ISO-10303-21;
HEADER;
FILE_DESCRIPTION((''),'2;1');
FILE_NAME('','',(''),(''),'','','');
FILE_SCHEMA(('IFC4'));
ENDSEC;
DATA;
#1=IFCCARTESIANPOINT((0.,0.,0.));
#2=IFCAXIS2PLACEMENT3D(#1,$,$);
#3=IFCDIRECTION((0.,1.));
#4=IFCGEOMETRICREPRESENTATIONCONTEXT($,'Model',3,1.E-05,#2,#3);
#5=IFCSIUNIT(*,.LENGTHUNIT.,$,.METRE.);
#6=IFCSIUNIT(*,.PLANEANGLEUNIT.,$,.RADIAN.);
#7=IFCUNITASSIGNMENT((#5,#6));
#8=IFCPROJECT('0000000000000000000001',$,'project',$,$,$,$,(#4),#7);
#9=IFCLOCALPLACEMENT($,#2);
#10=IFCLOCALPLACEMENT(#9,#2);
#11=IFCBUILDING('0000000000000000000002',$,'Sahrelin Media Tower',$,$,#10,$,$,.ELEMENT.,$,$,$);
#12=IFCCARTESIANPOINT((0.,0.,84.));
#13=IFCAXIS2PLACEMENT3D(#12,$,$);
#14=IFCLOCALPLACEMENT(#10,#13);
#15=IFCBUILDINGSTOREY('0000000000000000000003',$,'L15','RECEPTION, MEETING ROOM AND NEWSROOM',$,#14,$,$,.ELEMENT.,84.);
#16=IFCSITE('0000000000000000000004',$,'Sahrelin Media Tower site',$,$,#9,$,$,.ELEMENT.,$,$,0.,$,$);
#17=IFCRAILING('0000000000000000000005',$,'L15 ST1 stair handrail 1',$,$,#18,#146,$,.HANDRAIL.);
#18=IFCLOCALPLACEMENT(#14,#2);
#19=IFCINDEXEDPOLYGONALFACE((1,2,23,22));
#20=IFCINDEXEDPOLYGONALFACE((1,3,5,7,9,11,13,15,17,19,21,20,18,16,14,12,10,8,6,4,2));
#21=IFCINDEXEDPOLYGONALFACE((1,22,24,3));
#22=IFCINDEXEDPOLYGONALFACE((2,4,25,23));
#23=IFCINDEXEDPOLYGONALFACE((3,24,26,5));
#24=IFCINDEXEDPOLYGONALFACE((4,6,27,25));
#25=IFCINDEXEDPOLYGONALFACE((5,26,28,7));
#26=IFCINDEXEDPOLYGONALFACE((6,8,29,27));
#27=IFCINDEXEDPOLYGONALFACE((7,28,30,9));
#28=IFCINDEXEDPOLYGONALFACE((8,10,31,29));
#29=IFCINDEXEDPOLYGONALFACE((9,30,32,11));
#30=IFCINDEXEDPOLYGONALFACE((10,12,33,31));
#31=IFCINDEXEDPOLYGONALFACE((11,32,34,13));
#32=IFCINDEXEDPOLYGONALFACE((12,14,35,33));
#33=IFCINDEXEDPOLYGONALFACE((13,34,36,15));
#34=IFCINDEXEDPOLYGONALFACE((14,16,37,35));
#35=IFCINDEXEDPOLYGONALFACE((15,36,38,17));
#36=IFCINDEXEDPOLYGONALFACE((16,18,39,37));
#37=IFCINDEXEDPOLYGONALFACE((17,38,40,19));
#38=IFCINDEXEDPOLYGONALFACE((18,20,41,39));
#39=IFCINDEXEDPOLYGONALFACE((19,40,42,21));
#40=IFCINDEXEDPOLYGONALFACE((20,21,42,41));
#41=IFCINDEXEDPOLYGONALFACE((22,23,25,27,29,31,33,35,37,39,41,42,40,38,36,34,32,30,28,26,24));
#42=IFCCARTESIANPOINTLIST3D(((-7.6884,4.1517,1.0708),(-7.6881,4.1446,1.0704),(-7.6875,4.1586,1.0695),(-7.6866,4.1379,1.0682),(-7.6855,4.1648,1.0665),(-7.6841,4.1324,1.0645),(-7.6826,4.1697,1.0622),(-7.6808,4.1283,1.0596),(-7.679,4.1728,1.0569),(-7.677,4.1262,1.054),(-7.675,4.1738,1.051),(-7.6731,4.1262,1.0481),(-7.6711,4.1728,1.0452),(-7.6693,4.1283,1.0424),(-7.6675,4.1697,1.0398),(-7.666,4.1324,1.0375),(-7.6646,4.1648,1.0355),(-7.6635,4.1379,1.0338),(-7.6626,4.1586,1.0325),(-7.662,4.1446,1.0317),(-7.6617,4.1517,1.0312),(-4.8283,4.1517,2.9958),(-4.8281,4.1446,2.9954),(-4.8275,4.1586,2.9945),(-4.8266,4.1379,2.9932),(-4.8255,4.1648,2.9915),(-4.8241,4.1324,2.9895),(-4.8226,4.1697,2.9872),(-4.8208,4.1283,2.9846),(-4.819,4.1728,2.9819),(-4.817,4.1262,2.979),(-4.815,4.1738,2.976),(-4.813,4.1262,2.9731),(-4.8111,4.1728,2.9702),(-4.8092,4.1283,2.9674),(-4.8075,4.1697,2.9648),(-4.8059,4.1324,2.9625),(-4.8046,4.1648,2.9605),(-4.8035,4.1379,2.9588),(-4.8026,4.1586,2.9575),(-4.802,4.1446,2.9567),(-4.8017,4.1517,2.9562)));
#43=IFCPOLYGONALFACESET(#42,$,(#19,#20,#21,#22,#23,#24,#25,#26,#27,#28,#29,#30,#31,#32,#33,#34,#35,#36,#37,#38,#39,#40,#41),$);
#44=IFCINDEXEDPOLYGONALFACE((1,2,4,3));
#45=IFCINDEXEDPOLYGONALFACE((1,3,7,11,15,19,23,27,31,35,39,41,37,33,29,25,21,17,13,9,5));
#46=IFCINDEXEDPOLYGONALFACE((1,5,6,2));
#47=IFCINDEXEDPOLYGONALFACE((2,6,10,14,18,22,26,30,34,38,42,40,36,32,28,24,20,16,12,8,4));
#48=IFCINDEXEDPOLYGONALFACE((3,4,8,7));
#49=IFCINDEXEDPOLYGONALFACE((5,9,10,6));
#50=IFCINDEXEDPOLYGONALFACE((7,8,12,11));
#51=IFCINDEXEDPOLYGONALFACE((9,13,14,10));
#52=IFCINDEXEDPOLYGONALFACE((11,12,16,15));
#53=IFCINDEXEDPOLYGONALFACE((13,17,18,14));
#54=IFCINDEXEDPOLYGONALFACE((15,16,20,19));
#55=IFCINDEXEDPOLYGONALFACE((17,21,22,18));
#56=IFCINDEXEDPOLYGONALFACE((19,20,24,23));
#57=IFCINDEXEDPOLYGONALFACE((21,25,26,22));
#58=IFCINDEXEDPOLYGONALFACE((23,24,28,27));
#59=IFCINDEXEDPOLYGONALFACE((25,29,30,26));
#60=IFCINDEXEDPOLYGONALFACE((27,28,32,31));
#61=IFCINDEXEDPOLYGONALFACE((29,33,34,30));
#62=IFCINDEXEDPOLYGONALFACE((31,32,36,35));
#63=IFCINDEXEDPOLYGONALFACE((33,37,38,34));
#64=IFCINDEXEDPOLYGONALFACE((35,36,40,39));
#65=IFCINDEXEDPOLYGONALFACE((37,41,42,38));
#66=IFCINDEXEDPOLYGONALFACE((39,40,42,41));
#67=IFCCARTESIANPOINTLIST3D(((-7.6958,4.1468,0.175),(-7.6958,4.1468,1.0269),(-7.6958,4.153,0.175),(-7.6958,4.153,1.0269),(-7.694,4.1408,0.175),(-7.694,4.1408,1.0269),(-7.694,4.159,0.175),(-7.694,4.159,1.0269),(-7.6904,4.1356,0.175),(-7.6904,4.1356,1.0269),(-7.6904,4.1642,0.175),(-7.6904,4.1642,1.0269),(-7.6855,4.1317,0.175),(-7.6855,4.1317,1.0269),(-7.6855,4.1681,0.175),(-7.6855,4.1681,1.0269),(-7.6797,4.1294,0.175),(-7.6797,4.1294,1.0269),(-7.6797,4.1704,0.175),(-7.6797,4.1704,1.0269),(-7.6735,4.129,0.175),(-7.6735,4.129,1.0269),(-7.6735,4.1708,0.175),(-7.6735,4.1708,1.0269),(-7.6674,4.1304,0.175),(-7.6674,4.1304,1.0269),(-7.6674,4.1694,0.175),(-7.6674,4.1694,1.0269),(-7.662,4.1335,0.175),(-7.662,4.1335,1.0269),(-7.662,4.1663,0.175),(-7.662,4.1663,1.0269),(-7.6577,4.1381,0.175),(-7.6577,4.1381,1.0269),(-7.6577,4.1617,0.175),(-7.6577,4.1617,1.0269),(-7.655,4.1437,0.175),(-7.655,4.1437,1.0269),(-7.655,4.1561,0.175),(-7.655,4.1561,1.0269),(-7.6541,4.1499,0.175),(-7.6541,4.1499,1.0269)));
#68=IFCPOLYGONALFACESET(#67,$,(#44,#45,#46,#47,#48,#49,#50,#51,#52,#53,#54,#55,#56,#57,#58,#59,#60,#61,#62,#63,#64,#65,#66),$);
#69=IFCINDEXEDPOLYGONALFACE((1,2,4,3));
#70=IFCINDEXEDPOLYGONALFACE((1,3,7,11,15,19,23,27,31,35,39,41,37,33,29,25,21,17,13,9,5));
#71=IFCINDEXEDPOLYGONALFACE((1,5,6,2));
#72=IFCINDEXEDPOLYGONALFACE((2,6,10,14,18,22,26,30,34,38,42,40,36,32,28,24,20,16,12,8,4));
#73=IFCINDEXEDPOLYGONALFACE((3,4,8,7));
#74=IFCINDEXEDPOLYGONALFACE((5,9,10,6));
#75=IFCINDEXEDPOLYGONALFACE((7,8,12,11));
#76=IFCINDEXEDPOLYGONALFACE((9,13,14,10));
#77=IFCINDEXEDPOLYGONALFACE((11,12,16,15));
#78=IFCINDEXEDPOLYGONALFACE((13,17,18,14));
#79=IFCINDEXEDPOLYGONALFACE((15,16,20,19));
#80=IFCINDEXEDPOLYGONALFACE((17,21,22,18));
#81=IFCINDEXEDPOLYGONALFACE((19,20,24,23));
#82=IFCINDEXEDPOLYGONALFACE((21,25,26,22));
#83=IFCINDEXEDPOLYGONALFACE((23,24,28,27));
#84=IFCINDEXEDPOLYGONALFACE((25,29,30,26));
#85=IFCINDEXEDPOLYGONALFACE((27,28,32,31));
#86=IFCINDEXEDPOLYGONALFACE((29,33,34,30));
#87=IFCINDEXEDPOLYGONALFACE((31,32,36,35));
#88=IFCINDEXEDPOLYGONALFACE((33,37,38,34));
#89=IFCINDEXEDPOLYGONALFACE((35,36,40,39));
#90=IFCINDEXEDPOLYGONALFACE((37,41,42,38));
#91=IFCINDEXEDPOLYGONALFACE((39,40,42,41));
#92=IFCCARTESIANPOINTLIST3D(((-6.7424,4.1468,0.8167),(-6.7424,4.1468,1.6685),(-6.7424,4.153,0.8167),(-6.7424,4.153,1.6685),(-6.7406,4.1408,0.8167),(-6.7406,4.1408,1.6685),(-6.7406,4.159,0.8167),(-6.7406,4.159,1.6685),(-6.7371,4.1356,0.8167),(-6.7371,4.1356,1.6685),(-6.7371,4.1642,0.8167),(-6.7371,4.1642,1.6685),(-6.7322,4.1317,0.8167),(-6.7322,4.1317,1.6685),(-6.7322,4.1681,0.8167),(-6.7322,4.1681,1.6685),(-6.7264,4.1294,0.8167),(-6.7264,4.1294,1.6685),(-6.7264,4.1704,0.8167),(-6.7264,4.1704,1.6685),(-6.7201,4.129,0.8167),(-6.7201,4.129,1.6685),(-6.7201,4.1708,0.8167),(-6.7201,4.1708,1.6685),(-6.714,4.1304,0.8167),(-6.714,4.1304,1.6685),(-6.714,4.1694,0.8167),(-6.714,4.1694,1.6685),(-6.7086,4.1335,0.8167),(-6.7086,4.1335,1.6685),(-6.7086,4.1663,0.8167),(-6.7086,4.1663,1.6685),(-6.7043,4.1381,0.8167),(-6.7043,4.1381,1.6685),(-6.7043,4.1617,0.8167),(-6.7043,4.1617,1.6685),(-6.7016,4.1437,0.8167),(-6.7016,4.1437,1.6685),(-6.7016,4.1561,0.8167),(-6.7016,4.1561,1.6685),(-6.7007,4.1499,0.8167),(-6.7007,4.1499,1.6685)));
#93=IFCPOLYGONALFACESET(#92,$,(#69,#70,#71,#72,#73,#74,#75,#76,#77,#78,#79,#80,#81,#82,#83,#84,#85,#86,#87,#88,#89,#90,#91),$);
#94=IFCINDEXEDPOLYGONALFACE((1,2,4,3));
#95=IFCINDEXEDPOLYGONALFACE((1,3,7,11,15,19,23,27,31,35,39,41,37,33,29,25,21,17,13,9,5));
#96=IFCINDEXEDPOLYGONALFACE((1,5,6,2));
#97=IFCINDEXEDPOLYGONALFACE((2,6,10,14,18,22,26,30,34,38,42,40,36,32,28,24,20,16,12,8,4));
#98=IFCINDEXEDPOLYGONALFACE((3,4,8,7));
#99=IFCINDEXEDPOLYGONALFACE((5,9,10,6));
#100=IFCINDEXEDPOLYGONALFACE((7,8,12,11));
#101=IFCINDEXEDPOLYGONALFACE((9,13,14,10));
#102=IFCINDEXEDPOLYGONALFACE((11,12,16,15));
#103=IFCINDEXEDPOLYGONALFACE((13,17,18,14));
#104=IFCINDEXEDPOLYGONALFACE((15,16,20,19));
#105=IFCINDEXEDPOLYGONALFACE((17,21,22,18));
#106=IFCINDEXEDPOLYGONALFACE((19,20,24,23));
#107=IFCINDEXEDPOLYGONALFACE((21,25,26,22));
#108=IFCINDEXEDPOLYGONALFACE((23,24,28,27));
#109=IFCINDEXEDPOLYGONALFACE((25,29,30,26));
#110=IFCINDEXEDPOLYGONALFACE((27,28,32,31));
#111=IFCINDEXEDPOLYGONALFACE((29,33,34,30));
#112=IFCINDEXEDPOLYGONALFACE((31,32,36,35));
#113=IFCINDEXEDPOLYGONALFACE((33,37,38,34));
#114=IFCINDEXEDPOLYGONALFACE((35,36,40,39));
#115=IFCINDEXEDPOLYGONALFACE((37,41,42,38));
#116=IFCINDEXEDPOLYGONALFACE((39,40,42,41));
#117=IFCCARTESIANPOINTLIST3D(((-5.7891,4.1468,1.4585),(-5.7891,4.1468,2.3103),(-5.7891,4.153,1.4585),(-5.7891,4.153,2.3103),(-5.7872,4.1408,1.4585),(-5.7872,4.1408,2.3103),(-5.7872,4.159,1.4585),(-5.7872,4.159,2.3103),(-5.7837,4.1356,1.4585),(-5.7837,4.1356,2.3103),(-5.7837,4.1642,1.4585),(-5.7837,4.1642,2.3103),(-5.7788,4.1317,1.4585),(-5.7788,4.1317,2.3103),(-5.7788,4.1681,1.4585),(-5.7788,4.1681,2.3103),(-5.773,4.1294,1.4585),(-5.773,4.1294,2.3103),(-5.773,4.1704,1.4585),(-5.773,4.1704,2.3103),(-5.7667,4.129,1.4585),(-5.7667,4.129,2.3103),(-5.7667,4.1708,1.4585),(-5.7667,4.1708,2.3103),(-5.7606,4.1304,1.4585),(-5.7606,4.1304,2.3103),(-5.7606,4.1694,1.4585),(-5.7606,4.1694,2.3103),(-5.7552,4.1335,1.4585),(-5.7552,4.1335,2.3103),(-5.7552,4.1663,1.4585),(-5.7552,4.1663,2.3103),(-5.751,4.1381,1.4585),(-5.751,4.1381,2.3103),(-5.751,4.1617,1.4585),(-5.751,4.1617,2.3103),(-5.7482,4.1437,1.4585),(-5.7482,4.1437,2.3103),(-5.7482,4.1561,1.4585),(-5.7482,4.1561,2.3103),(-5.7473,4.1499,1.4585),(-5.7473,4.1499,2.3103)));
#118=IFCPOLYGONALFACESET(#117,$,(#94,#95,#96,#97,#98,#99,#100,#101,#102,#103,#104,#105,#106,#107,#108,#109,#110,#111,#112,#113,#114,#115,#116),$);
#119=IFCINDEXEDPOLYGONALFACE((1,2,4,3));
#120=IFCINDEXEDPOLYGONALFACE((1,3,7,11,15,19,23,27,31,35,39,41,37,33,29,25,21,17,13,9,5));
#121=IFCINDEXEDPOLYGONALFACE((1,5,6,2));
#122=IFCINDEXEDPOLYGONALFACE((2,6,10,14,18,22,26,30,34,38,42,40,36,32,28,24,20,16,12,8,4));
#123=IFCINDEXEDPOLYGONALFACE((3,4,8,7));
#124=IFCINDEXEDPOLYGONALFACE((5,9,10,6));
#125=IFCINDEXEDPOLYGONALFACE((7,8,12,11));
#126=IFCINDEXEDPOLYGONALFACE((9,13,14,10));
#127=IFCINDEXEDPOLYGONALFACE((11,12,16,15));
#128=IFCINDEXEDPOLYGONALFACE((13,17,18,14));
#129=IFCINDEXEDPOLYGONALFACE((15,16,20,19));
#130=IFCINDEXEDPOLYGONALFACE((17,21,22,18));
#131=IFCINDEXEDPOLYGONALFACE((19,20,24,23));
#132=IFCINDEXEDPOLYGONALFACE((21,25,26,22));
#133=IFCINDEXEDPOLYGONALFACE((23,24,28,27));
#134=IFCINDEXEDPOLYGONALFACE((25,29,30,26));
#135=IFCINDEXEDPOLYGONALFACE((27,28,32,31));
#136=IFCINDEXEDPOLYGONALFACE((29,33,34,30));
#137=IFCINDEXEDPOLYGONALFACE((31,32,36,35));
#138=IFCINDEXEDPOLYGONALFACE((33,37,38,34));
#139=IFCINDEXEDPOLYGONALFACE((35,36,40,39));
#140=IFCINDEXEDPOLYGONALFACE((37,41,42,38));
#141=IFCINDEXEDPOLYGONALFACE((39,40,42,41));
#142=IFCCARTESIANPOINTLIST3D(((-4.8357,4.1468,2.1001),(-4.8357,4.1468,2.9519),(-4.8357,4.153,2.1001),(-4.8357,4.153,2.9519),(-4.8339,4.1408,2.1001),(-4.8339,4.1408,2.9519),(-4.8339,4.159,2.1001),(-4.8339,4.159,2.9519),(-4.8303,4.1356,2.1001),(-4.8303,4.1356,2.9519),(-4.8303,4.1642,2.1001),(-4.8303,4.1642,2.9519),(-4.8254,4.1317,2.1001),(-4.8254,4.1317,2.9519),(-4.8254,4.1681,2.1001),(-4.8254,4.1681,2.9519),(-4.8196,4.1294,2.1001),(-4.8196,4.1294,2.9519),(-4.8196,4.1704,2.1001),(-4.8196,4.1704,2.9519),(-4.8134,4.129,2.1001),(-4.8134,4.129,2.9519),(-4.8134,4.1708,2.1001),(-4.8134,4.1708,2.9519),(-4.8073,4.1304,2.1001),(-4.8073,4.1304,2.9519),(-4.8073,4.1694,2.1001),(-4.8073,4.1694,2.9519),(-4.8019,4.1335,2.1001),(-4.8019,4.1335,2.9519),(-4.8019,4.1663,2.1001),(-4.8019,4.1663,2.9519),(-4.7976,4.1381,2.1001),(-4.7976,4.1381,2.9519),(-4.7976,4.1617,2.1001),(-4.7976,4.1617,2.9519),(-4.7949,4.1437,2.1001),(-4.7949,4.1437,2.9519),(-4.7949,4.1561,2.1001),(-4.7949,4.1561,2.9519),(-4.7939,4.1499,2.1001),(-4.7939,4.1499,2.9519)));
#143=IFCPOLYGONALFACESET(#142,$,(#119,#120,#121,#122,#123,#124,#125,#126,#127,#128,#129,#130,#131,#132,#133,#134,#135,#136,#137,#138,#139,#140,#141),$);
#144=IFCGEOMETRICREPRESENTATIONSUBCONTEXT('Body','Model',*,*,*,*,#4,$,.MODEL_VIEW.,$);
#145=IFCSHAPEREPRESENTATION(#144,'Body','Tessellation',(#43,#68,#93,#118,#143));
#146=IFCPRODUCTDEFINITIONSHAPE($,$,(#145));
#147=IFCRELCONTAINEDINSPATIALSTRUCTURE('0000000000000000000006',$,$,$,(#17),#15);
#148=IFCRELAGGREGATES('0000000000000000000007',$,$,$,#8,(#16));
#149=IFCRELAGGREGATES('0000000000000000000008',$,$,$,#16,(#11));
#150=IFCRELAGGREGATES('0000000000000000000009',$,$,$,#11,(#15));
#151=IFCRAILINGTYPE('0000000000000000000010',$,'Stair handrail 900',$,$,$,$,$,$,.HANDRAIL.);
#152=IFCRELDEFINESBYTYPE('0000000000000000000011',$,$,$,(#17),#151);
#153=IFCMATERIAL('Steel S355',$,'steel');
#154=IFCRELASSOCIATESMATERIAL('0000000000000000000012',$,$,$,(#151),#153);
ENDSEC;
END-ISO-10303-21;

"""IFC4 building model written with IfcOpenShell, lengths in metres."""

from ifc_helpers import new_model, si_unit, direction, frame, origin, origin_2d, place, context, subcontext, project, spatial, circle, extrude, material, type_object, element, save


model = new_model("IFC4")

# Units and contexts
model_context = context("Model", 3, precision=1e-05, world=origin(), true_north=direction((0.0, 1.0)))
body_context = subcontext(model_context, "Body", "Model", "MODEL_VIEW")
ifc_project = project(units=[si_unit("LENGTHUNIT", "METRE"), si_unit("PLANEANGLEUNIT", "RADIAN")], contexts=[model_context])

# Site, building, storey
site_placement = place(None, origin())
site = spatial("IfcSite", under=ifc_project, at=site_placement, Name="Sahrelin Media Tower site", CompositionType="ELEMENT", RefElevation=0.0)
building_placement = place(site_placement, origin())
building = spatial("IfcBuilding", under=site, at=building_placement, Name="Sahrelin Media Tower", CompositionType="ELEMENT")
storey_placement = place(building_placement, frame((0.0, 0.0, 84.0)))
storey = spatial("IfcBuildingStorey", under=building, at=storey_placement, Name="L15", Description="RECEPTION, MEETING ROOM AND NEWSROOM", CompositionType="ELEMENT", Elevation=84.0)

# Shared definitions
ifc_material_1 = material(Name="Steel S355", Category="steel")

# Railing
railing_type_1 = type_object("IfcRailingType", Name="Stair handrail 900", PredefinedType="HANDRAIL", material=ifc_material_1)
railing_1_placement = place(storey_placement, frame((-7.675, 4.1499, 0.175)))
element("IfcRailing", 1, at=railing_1_placement, inside=storey, type_object=railing_type_1, Name="L15 ST1 stair handrail 1", PredefinedType="HANDRAIL", context=body_context, shape_type="SweptSolid", body=[
    extrude(circle(Radius=0.0239, at=origin_2d()), frame((0.0, 0.0, 0.876), z_axis=(0.829591, 0.0, 0.558372), x_axis=(0.0, 1.0, 0.0)), (0.0, 0.0, 1.0), 3.4475),
    extrude(circle(Radius=0.021, at=origin_2d()), origin(), (0.0, 0.0, 1.0), 0.8518),
    extrude(circle(Radius=0.021, at=origin_2d()), frame((0.9534, 0.0, 0.6416)), (0.0, 0.0, 1.0), 0.8518),
    extrude(circle(Radius=0.021, at=origin_2d()), frame((1.9067, 0.0, 1.2834)), (0.0, 0.0, 1.0), 0.8518),
    extrude(circle(Radius=0.021, at=origin_2d()), frame((2.8601, 0.0, 1.925)), (0.0, 0.0, 1.0), 0.8518),
])

save(model, "model.ifc")
